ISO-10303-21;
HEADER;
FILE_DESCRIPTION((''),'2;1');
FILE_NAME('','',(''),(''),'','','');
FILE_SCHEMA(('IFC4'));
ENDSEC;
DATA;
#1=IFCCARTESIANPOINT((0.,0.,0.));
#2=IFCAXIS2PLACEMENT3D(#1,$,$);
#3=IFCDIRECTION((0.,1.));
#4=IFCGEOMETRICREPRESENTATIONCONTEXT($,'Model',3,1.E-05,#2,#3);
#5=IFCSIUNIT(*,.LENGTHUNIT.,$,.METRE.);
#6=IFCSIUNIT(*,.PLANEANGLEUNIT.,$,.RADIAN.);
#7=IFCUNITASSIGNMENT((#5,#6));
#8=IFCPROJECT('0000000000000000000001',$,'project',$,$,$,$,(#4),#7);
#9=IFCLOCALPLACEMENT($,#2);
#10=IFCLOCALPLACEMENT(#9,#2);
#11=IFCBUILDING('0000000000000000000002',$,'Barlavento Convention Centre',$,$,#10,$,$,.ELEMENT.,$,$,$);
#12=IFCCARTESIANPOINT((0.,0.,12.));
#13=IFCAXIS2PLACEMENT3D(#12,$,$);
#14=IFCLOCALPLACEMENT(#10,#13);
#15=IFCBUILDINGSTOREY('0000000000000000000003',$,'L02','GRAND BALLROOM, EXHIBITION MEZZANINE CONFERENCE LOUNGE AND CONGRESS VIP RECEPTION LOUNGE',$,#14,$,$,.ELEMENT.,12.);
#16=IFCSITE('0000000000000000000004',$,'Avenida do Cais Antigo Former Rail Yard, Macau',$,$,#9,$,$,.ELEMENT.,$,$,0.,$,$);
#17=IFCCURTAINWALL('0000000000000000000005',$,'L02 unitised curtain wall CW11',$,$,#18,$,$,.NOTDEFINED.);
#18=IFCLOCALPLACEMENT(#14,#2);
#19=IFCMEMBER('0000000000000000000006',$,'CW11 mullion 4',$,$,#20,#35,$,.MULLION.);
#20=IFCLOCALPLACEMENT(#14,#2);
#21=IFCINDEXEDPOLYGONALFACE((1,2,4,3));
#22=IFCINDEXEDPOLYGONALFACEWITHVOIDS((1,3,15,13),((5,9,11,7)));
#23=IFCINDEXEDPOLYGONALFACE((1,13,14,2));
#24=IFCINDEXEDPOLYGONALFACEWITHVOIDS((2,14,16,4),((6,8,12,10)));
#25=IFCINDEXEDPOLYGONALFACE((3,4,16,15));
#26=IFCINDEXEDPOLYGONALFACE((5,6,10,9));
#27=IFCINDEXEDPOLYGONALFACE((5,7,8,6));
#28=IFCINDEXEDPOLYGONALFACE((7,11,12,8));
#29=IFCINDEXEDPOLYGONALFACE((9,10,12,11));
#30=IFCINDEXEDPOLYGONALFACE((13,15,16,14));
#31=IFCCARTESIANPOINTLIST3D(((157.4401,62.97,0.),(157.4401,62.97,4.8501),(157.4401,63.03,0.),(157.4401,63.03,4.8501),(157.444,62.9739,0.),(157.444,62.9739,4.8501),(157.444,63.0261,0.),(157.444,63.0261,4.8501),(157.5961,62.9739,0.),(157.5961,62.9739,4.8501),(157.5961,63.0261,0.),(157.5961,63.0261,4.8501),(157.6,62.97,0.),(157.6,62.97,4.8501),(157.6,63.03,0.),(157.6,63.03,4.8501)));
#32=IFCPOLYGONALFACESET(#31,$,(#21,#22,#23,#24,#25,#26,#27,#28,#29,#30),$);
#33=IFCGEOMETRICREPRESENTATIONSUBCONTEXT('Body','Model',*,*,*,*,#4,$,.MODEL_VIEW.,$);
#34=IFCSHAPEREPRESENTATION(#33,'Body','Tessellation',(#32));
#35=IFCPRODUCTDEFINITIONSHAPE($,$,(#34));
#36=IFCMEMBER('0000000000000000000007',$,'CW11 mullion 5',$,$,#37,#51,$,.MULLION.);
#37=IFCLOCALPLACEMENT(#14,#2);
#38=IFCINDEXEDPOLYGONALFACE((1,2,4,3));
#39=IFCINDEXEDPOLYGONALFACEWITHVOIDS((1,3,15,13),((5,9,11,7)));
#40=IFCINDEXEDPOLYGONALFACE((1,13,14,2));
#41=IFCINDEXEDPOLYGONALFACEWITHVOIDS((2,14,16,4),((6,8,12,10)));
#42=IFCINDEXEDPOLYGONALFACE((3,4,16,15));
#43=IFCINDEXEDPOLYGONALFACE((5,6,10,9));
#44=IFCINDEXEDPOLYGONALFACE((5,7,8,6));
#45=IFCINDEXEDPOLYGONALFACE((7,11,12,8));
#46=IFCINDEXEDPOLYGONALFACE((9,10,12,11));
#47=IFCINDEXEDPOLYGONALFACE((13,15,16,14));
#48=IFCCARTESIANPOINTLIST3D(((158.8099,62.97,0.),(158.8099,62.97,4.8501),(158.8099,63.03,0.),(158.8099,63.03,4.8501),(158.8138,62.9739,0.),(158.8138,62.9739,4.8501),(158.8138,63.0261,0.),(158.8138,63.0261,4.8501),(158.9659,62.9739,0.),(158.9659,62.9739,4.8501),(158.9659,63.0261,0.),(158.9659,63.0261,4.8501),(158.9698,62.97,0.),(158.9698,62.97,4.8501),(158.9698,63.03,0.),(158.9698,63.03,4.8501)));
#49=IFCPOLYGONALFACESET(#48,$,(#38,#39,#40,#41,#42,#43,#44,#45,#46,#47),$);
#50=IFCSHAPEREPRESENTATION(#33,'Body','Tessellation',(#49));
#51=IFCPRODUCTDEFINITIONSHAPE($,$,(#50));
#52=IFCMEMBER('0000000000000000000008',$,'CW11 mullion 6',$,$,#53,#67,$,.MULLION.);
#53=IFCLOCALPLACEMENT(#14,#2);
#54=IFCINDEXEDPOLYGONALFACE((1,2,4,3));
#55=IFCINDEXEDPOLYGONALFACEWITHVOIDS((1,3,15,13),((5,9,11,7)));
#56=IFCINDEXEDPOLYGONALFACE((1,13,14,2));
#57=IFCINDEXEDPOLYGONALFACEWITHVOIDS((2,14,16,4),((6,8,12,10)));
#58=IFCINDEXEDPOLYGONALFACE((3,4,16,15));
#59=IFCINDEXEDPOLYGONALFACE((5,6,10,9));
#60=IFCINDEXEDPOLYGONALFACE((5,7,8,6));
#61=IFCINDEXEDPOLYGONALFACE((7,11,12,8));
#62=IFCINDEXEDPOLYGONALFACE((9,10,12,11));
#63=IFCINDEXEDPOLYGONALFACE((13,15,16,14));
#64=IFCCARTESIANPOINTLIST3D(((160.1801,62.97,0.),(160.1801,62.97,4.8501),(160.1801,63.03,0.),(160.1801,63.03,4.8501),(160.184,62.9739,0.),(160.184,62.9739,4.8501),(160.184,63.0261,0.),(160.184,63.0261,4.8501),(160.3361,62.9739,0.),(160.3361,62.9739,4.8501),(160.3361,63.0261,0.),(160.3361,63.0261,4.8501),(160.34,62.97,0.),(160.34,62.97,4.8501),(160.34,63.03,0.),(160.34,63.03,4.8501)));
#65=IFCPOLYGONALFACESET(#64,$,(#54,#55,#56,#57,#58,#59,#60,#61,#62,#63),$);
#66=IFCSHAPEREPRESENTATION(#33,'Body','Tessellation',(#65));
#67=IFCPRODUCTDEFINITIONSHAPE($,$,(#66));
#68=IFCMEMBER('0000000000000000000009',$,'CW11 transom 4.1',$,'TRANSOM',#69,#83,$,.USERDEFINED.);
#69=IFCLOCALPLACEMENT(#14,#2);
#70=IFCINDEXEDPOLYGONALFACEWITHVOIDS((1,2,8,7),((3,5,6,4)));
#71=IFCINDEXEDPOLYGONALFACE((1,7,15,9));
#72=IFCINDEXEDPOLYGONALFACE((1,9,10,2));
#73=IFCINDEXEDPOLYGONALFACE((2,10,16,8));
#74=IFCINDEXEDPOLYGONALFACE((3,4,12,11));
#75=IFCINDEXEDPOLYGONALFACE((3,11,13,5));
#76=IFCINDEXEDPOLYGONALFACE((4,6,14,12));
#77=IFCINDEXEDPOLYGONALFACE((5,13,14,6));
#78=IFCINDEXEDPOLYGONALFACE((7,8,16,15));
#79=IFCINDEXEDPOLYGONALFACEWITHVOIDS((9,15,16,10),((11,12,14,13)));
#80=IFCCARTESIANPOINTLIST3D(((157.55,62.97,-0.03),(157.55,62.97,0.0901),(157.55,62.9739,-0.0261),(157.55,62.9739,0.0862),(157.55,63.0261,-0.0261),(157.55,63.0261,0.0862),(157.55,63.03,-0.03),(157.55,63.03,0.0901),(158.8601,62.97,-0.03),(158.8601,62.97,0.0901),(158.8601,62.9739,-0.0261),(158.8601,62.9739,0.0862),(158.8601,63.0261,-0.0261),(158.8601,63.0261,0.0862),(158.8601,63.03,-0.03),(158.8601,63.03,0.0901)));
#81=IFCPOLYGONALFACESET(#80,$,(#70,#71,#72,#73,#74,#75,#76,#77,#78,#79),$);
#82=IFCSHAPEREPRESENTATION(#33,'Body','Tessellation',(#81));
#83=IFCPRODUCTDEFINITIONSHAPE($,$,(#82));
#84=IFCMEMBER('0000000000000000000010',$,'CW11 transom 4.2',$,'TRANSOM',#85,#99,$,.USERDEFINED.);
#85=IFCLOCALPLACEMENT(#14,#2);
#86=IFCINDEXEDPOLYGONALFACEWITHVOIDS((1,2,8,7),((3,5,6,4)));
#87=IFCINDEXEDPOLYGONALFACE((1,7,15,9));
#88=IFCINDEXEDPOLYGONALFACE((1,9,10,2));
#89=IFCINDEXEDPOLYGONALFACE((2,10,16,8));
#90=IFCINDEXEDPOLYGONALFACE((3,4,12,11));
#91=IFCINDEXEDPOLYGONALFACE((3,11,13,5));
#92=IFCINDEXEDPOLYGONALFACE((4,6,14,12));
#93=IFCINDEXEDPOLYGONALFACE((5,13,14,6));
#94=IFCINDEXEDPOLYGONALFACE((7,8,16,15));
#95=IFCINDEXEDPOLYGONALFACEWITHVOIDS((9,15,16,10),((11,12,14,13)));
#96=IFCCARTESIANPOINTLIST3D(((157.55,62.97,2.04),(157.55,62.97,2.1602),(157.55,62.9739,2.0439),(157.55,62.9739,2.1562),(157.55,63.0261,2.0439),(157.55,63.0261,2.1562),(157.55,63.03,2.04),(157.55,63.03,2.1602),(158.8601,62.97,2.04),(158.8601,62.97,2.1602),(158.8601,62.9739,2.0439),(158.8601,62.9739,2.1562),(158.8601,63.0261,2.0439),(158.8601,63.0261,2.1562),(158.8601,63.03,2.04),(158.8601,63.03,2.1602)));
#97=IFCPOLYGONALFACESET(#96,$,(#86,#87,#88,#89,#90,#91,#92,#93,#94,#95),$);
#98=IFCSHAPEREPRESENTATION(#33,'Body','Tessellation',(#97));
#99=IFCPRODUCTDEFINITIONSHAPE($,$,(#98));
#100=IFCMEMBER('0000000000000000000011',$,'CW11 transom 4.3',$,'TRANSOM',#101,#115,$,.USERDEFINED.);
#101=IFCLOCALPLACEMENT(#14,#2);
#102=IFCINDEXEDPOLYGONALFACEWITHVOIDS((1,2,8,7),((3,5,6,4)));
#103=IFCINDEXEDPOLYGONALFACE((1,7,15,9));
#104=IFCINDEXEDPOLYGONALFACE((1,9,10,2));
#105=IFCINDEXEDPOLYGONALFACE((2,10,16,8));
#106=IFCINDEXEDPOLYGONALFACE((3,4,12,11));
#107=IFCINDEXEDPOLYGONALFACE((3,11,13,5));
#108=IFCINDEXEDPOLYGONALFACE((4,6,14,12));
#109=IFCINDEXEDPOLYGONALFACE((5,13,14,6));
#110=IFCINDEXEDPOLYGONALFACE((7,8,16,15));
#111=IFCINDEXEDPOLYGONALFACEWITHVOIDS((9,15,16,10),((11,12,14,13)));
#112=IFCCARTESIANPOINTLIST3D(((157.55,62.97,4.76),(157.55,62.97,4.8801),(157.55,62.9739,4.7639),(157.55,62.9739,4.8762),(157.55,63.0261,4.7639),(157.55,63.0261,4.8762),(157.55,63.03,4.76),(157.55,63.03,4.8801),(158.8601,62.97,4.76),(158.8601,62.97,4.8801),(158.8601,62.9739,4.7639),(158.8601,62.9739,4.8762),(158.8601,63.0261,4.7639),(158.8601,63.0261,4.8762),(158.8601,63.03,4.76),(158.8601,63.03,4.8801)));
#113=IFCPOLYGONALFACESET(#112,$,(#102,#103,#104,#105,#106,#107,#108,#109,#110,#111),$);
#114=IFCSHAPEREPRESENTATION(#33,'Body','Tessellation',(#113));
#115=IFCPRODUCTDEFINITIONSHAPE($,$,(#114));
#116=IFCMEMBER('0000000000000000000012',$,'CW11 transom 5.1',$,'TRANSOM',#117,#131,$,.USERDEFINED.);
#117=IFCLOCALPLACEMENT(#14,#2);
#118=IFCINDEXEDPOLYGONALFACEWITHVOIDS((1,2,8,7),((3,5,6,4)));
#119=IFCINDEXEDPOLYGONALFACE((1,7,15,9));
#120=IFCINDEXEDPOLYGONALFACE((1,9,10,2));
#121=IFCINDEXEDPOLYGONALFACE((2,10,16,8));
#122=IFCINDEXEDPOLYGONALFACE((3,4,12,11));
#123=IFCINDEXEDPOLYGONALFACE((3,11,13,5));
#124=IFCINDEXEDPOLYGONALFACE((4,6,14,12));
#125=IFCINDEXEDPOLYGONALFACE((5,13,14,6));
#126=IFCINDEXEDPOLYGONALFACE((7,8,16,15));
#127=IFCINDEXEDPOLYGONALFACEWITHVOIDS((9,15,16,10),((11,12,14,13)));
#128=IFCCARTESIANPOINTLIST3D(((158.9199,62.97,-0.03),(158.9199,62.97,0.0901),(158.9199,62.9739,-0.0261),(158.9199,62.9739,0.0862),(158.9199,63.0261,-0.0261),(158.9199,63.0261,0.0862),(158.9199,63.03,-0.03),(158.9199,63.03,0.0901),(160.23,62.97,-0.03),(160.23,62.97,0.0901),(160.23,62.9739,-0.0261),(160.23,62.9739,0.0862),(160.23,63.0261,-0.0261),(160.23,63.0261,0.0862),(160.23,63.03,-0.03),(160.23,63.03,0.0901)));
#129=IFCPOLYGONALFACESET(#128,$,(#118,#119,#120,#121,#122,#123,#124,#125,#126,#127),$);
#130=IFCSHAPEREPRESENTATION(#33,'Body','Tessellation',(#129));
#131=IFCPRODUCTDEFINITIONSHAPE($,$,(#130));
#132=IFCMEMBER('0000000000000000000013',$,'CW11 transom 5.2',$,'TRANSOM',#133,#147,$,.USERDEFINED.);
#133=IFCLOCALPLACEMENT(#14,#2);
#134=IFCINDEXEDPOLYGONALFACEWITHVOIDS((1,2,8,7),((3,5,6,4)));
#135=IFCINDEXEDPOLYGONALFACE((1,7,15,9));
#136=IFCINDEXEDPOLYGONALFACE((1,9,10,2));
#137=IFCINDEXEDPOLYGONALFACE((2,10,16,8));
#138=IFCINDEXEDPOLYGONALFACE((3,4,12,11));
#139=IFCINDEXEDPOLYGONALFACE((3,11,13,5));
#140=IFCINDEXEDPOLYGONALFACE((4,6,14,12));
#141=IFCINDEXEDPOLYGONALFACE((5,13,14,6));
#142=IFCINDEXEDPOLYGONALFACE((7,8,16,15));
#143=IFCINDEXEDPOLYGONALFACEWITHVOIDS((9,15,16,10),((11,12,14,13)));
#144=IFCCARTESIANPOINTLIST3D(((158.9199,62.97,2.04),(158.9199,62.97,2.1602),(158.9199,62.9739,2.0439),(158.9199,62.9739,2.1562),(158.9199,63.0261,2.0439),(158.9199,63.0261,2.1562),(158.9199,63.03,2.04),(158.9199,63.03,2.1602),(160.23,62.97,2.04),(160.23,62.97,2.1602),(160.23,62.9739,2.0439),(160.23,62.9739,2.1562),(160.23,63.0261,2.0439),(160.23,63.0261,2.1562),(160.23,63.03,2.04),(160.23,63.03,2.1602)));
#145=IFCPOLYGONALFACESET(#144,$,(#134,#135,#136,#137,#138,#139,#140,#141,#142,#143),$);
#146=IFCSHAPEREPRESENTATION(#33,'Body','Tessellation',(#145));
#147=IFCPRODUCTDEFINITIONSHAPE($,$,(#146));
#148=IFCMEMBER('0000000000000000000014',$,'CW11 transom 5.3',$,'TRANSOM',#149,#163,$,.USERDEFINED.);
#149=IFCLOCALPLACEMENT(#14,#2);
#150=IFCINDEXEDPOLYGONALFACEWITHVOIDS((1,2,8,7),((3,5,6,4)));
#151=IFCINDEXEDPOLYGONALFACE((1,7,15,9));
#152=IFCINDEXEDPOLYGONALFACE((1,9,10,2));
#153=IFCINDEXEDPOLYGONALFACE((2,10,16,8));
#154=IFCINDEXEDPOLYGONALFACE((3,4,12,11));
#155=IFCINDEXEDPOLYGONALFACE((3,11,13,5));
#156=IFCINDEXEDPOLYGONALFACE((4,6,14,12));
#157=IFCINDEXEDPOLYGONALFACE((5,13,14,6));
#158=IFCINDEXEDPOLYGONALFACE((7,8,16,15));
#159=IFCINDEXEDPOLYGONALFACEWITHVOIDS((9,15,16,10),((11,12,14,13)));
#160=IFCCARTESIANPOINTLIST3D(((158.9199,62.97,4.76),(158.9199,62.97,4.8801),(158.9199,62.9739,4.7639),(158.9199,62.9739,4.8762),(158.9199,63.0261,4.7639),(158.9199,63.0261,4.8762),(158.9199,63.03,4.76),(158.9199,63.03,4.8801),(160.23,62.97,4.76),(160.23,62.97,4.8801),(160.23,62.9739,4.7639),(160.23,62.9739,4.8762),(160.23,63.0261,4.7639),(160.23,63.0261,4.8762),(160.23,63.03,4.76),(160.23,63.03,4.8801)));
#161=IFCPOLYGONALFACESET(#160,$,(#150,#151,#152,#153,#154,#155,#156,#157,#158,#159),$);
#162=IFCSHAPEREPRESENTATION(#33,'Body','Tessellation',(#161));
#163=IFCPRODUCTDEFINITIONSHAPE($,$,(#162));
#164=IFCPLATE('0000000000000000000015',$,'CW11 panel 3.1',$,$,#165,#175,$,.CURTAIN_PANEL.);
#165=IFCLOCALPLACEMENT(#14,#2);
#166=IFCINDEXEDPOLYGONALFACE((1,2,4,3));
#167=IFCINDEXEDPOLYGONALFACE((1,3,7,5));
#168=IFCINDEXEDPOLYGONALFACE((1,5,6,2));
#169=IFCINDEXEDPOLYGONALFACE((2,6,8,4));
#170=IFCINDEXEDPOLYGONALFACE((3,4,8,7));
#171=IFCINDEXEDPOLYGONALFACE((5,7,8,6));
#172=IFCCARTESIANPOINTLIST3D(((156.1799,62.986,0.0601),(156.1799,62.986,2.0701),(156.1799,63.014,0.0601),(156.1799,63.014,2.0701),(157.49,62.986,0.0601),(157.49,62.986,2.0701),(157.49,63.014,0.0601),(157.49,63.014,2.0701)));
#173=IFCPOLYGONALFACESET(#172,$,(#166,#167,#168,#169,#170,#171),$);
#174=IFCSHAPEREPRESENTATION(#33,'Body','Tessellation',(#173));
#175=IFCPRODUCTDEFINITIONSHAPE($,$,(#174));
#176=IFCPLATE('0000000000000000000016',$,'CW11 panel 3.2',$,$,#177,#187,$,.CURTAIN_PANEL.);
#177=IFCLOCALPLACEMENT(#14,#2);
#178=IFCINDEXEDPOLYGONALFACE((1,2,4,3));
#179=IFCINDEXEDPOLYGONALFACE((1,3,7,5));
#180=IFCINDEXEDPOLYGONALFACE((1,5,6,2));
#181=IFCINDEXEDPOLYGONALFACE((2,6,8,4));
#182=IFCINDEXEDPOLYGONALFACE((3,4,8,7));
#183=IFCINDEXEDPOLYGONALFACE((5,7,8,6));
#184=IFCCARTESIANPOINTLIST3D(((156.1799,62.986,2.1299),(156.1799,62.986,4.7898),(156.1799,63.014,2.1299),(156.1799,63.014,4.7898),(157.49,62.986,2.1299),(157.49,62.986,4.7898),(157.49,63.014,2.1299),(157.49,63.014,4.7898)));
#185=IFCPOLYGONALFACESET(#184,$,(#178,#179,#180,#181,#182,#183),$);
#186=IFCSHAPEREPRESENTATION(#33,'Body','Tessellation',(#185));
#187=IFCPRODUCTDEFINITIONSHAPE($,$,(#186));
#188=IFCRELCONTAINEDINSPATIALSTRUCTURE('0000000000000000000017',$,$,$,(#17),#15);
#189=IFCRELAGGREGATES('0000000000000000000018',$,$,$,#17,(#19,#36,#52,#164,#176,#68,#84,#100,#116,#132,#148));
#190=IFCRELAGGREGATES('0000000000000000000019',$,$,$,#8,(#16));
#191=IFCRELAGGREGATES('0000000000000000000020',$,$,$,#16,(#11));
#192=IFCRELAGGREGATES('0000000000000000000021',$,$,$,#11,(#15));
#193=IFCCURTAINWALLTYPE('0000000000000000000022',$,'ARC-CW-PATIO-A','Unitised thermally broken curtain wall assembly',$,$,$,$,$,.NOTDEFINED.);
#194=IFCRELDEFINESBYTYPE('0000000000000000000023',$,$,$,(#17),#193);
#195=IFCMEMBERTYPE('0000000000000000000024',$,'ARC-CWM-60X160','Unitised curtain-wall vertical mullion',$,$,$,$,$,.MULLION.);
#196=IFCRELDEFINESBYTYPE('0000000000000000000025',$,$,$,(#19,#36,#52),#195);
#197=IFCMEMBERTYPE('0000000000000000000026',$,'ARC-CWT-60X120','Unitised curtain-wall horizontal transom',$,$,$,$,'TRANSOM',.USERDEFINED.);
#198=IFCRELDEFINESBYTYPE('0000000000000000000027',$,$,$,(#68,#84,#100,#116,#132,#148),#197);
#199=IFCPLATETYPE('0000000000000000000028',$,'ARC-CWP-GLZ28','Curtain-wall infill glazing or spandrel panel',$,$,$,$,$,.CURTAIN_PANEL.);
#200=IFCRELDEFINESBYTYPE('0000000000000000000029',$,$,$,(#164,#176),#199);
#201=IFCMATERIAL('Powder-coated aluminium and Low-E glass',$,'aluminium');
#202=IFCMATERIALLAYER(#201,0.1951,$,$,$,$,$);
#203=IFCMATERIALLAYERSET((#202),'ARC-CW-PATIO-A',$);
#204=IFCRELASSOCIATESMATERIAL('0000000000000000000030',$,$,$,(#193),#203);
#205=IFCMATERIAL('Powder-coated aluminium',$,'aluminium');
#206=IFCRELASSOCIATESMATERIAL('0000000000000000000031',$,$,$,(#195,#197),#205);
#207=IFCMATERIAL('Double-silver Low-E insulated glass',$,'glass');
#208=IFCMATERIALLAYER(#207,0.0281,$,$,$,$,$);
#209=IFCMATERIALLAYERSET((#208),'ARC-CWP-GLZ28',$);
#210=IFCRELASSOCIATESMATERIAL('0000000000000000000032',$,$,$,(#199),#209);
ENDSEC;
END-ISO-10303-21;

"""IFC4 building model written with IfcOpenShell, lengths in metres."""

from ifc_helpers import new_model, si_unit, direction, frame, origin, origin_2d, place, context, subcontext, project, spatial, rectangle, hollow_rectangle, extrude, material, layer, layer_set, material_profile, profile_set, type_object, element, aggregate, save


model = new_model("IFC4")

# Units and contexts
model_context = context("Model", 3, precision=1e-05, world=origin(), true_north=direction((0.0, 1.0)))
body_context = subcontext(model_context, "Body", "Model", "MODEL_VIEW")
ifc_project = project(units=[si_unit("LENGTHUNIT", "METRE"), si_unit("PLANEANGLEUNIT", "RADIAN")], contexts=[model_context])

# Site, building, storey
site_placement = place(None, origin())
site = spatial("IfcSite", under=ifc_project, at=site_placement, Name="Avenida do Cais Antigo Former Rail Yard, Macau", CompositionType="ELEMENT", RefElevation=0.0)
building_placement = place(site_placement, origin())
building = spatial("IfcBuilding", under=site, at=building_placement, Name="Barlavento Convention Centre", CompositionType="ELEMENT")
storey_placement = place(building_placement, frame((0.0, 0.0, 12.0)))
storey = spatial("IfcBuildingStorey", under=building, at=storey_placement, Name="L02", Description="GRAND BALLROOM, EXHIBITION MEZZANINE CONFERENCE LOUNGE AND CONGRESS VIP RECEPTION LOUNGE", CompositionType="ELEMENT", Elevation=12.0)

# Curtain wall, members, plates
ifc_material_1 = material(Name="Powder-coated aluminium and Low-E glass", Category="aluminium")
ifc_layer_1 = layer(ifc_material_1, 0.1951)
ifc_layer_set_1 = layer_set([ifc_layer_1], Name="ARC-CW-PATIO-A")
curtain_wall_type = type_object("IfcCurtainWallType", Name="ARC-CW-PATIO-A", Description="Unitised thermally broken curtain wall assembly", PredefinedType="NOTDEFINED", material=ifc_layer_set_1)
curtain_wall_placement = place(storey_placement, origin())
curtain_wall = element("IfcCurtainWall", 1, at=curtain_wall_placement, inside=storey, type_object=curtain_wall_type, Name="L02 unitised curtain wall CW11", PredefinedType="NOTDEFINED")
ifc_material_2 = material(Name="Powder-coated aluminium", Category="aluminium")
ifc_material_profile_1 = material_profile(ifc_material_2, hollow_rectangle(XDim=0.0601, YDim=0.1599, WallThickness=0.0039, at=origin_2d()), Name="AL-MULL 60x160x4")
ifc_profile_set_1 = profile_set([ifc_material_profile_1], Name="Powder-coated aluminium")
member_type_1 = type_object("IfcMemberType", Name="ARC-CWM-60X160", Description="Unitised curtain-wall vertical mullion", PredefinedType="MULLION", material=ifc_profile_set_1)
member_1_placement = place(storey_placement, frame((157.52, 63.0, 0.0), z_axis=(0.0, 0.0, 1.0), x_axis=(0.0, 1.0, 0.0)))
member_1 = element("IfcMember", 2, at=member_1_placement, type_object=member_type_1, Name="CW11 mullion 4", PredefinedType="MULLION", context=body_context, shape_type="SweptSolid", body=[
    extrude(hollow_rectangle(XDim=0.0601, YDim=0.1599, WallThickness=0.0039, at=origin_2d()), origin(), (0.0, 0.0, 1.0), 4.8501),
])
member_2_placement = place(storey_placement, frame((158.8899, 63.0, 0.0), z_axis=(0.0, 0.0, 1.0), x_axis=(0.0, 1.0, 0.0)))
member_2 = element("IfcMember", 3, at=member_2_placement, type_object=member_type_1, Name="CW11 mullion 5", PredefinedType="MULLION", context=body_context, shape_type="SweptSolid", body=[
    extrude(hollow_rectangle(XDim=0.0601, YDim=0.1599, WallThickness=0.0039, at=origin_2d()), origin(), (0.0, 0.0, 1.0), 4.8501),
])
member_3_placement = place(storey_placement, frame((160.26, 63.0, 0.0), z_axis=(0.0, 0.0, 1.0), x_axis=(0.0, 1.0, 0.0)))
member_3 = element("IfcMember", 4, at=member_3_placement, type_object=member_type_1, Name="CW11 mullion 6", PredefinedType="MULLION", context=body_context, shape_type="SweptSolid", body=[
    extrude(hollow_rectangle(XDim=0.0601, YDim=0.1599, WallThickness=0.0039, at=origin_2d()), origin(), (0.0, 0.0, 1.0), 4.8501),
])
ifc_material_profile_2 = material_profile(ifc_material_2, hollow_rectangle(XDim=0.0601, YDim=0.1201, WallThickness=0.0039, at=origin_2d()), Name="AL-TRAN 60x120x4")
ifc_profile_set_2 = profile_set([ifc_material_profile_2], Name="Powder-coated aluminium")
member_type_2 = type_object("IfcMemberType", Name="ARC-CWT-60X120", Description="Unitised curtain-wall horizontal transom", ElementType="TRANSOM", PredefinedType="USERDEFINED", material=ifc_profile_set_2)
member_4_placement = place(storey_placement, frame((157.55, 63.0, 0.03), z_axis=(1.0, 0.0, 0.0), x_axis=(0.0, 1.0, 0.0)))
member_4 = element("IfcMember", 5, at=member_4_placement, type_object=member_type_2, Name="CW11 transom 4.1", ObjectType="TRANSOM", PredefinedType="USERDEFINED", context=body_context, shape_type="SweptSolid", body=[
    extrude(hollow_rectangle(XDim=0.0601, YDim=0.1201, WallThickness=0.0039, at=origin_2d()), origin(), (0.0, 0.0, 1.0), 1.3101),
])
member_5_placement = place(storey_placement, frame((157.55, 63.0, 2.1001), z_axis=(1.0, 0.0, 0.0), x_axis=(0.0, 1.0, 0.0)))
member_5 = element("IfcMember", 6, at=member_5_placement, type_object=member_type_2, Name="CW11 transom 4.2", ObjectType="TRANSOM", PredefinedType="USERDEFINED", context=body_context, shape_type="SweptSolid", body=[
    extrude(hollow_rectangle(XDim=0.0601, YDim=0.1201, WallThickness=0.0039, at=origin_2d()), origin(), (0.0, 0.0, 1.0), 1.3101),
])
member_6_placement = place(storey_placement, frame((157.55, 63.0, 4.8201), z_axis=(1.0, 0.0, 0.0), x_axis=(0.0, 1.0, 0.0)))
member_6 = element("IfcMember", 7, at=member_6_placement, type_object=member_type_2, Name="CW11 transom 4.3", ObjectType="TRANSOM", PredefinedType="USERDEFINED", context=body_context, shape_type="SweptSolid", body=[
    extrude(hollow_rectangle(XDim=0.0601, YDim=0.1201, WallThickness=0.0039, at=origin_2d()), origin(), (0.0, 0.0, 1.0), 1.3101),
])
member_7_placement = place(storey_placement, frame((158.9199, 63.0, 0.03), z_axis=(1.0, 0.0, 0.0), x_axis=(0.0, 1.0, 0.0)))
member_7 = element("IfcMember", 8, at=member_7_placement, type_object=member_type_2, Name="CW11 transom 5.1", ObjectType="TRANSOM", PredefinedType="USERDEFINED", context=body_context, shape_type="SweptSolid", body=[
    extrude(hollow_rectangle(XDim=0.0601, YDim=0.1201, WallThickness=0.0039, at=origin_2d()), origin(), (0.0, 0.0, 1.0), 1.3101),
])
member_8_placement = place(storey_placement, frame((158.9199, 63.0, 2.1001), z_axis=(1.0, 0.0, 0.0), x_axis=(0.0, 1.0, 0.0)))
member_8 = element("IfcMember", 9, at=member_8_placement, type_object=member_type_2, Name="CW11 transom 5.2", ObjectType="TRANSOM", PredefinedType="USERDEFINED", context=body_context, shape_type="SweptSolid", body=[
    extrude(hollow_rectangle(XDim=0.0601, YDim=0.1201, WallThickness=0.0039, at=origin_2d()), origin(), (0.0, 0.0, 1.0), 1.3101),
])
member_9_placement = place(storey_placement, frame((158.9199, 63.0, 4.8201), z_axis=(1.0, 0.0, 0.0), x_axis=(0.0, 1.0, 0.0)))
member_9 = element("IfcMember", 10, at=member_9_placement, type_object=member_type_2, Name="CW11 transom 5.3", ObjectType="TRANSOM", PredefinedType="USERDEFINED", context=body_context, shape_type="SweptSolid", body=[
    extrude(hollow_rectangle(XDim=0.0601, YDim=0.1201, WallThickness=0.0039, at=origin_2d()), origin(), (0.0, 0.0, 1.0), 1.3101),
])
ifc_material_3 = material(Name="Double-silver Low-E insulated glass", Category="glass")
ifc_layer_2 = layer(ifc_material_3, 0.0281)
ifc_layer_set_2 = layer_set([ifc_layer_2], Name="ARC-CWP-GLZ28")
plate_type = type_object("IfcPlateType", Name="ARC-CWP-GLZ28", Description="Curtain-wall infill glazing or spandrel panel", PredefinedType="CURTAIN_PANEL", material=ifc_layer_set_2)
plate_1_placement = place(storey_placement, frame((156.835, 63.0, 0.0601), z_axis=(0.0, 0.0, 1.0), x_axis=(1.0, 0.0, 0.0)))
plate_1 = element("IfcPlate", 11, at=plate_1_placement, type_object=plate_type, Name="CW11 panel 3.1", PredefinedType="CURTAIN_PANEL", context=body_context, shape_type="SweptSolid", body=[
    extrude(rectangle(XDim=1.3101, YDim=0.0281, at=origin_2d()), origin(), (0.0, 0.0, 1.0), 2.01),
])
plate_2_placement = place(storey_placement, frame((156.835, 63.0, 2.1299), z_axis=(0.0, 0.0, 1.0), x_axis=(1.0, 0.0, 0.0)))
plate_2 = element("IfcPlate", 12, at=plate_2_placement, type_object=plate_type, Name="CW11 panel 3.2", PredefinedType="CURTAIN_PANEL", context=body_context, shape_type="SweptSolid", body=[
    extrude(rectangle(XDim=1.3101, YDim=0.0281, at=origin_2d()), origin(), (0.0, 0.0, 1.0), 2.6599),
])
aggregate(curtain_wall, [member_1, member_2, member_3, plate_1, plate_2, member_4, member_5, member_6, member_7, member_8, member_9])

save(model, "model.ifc")
